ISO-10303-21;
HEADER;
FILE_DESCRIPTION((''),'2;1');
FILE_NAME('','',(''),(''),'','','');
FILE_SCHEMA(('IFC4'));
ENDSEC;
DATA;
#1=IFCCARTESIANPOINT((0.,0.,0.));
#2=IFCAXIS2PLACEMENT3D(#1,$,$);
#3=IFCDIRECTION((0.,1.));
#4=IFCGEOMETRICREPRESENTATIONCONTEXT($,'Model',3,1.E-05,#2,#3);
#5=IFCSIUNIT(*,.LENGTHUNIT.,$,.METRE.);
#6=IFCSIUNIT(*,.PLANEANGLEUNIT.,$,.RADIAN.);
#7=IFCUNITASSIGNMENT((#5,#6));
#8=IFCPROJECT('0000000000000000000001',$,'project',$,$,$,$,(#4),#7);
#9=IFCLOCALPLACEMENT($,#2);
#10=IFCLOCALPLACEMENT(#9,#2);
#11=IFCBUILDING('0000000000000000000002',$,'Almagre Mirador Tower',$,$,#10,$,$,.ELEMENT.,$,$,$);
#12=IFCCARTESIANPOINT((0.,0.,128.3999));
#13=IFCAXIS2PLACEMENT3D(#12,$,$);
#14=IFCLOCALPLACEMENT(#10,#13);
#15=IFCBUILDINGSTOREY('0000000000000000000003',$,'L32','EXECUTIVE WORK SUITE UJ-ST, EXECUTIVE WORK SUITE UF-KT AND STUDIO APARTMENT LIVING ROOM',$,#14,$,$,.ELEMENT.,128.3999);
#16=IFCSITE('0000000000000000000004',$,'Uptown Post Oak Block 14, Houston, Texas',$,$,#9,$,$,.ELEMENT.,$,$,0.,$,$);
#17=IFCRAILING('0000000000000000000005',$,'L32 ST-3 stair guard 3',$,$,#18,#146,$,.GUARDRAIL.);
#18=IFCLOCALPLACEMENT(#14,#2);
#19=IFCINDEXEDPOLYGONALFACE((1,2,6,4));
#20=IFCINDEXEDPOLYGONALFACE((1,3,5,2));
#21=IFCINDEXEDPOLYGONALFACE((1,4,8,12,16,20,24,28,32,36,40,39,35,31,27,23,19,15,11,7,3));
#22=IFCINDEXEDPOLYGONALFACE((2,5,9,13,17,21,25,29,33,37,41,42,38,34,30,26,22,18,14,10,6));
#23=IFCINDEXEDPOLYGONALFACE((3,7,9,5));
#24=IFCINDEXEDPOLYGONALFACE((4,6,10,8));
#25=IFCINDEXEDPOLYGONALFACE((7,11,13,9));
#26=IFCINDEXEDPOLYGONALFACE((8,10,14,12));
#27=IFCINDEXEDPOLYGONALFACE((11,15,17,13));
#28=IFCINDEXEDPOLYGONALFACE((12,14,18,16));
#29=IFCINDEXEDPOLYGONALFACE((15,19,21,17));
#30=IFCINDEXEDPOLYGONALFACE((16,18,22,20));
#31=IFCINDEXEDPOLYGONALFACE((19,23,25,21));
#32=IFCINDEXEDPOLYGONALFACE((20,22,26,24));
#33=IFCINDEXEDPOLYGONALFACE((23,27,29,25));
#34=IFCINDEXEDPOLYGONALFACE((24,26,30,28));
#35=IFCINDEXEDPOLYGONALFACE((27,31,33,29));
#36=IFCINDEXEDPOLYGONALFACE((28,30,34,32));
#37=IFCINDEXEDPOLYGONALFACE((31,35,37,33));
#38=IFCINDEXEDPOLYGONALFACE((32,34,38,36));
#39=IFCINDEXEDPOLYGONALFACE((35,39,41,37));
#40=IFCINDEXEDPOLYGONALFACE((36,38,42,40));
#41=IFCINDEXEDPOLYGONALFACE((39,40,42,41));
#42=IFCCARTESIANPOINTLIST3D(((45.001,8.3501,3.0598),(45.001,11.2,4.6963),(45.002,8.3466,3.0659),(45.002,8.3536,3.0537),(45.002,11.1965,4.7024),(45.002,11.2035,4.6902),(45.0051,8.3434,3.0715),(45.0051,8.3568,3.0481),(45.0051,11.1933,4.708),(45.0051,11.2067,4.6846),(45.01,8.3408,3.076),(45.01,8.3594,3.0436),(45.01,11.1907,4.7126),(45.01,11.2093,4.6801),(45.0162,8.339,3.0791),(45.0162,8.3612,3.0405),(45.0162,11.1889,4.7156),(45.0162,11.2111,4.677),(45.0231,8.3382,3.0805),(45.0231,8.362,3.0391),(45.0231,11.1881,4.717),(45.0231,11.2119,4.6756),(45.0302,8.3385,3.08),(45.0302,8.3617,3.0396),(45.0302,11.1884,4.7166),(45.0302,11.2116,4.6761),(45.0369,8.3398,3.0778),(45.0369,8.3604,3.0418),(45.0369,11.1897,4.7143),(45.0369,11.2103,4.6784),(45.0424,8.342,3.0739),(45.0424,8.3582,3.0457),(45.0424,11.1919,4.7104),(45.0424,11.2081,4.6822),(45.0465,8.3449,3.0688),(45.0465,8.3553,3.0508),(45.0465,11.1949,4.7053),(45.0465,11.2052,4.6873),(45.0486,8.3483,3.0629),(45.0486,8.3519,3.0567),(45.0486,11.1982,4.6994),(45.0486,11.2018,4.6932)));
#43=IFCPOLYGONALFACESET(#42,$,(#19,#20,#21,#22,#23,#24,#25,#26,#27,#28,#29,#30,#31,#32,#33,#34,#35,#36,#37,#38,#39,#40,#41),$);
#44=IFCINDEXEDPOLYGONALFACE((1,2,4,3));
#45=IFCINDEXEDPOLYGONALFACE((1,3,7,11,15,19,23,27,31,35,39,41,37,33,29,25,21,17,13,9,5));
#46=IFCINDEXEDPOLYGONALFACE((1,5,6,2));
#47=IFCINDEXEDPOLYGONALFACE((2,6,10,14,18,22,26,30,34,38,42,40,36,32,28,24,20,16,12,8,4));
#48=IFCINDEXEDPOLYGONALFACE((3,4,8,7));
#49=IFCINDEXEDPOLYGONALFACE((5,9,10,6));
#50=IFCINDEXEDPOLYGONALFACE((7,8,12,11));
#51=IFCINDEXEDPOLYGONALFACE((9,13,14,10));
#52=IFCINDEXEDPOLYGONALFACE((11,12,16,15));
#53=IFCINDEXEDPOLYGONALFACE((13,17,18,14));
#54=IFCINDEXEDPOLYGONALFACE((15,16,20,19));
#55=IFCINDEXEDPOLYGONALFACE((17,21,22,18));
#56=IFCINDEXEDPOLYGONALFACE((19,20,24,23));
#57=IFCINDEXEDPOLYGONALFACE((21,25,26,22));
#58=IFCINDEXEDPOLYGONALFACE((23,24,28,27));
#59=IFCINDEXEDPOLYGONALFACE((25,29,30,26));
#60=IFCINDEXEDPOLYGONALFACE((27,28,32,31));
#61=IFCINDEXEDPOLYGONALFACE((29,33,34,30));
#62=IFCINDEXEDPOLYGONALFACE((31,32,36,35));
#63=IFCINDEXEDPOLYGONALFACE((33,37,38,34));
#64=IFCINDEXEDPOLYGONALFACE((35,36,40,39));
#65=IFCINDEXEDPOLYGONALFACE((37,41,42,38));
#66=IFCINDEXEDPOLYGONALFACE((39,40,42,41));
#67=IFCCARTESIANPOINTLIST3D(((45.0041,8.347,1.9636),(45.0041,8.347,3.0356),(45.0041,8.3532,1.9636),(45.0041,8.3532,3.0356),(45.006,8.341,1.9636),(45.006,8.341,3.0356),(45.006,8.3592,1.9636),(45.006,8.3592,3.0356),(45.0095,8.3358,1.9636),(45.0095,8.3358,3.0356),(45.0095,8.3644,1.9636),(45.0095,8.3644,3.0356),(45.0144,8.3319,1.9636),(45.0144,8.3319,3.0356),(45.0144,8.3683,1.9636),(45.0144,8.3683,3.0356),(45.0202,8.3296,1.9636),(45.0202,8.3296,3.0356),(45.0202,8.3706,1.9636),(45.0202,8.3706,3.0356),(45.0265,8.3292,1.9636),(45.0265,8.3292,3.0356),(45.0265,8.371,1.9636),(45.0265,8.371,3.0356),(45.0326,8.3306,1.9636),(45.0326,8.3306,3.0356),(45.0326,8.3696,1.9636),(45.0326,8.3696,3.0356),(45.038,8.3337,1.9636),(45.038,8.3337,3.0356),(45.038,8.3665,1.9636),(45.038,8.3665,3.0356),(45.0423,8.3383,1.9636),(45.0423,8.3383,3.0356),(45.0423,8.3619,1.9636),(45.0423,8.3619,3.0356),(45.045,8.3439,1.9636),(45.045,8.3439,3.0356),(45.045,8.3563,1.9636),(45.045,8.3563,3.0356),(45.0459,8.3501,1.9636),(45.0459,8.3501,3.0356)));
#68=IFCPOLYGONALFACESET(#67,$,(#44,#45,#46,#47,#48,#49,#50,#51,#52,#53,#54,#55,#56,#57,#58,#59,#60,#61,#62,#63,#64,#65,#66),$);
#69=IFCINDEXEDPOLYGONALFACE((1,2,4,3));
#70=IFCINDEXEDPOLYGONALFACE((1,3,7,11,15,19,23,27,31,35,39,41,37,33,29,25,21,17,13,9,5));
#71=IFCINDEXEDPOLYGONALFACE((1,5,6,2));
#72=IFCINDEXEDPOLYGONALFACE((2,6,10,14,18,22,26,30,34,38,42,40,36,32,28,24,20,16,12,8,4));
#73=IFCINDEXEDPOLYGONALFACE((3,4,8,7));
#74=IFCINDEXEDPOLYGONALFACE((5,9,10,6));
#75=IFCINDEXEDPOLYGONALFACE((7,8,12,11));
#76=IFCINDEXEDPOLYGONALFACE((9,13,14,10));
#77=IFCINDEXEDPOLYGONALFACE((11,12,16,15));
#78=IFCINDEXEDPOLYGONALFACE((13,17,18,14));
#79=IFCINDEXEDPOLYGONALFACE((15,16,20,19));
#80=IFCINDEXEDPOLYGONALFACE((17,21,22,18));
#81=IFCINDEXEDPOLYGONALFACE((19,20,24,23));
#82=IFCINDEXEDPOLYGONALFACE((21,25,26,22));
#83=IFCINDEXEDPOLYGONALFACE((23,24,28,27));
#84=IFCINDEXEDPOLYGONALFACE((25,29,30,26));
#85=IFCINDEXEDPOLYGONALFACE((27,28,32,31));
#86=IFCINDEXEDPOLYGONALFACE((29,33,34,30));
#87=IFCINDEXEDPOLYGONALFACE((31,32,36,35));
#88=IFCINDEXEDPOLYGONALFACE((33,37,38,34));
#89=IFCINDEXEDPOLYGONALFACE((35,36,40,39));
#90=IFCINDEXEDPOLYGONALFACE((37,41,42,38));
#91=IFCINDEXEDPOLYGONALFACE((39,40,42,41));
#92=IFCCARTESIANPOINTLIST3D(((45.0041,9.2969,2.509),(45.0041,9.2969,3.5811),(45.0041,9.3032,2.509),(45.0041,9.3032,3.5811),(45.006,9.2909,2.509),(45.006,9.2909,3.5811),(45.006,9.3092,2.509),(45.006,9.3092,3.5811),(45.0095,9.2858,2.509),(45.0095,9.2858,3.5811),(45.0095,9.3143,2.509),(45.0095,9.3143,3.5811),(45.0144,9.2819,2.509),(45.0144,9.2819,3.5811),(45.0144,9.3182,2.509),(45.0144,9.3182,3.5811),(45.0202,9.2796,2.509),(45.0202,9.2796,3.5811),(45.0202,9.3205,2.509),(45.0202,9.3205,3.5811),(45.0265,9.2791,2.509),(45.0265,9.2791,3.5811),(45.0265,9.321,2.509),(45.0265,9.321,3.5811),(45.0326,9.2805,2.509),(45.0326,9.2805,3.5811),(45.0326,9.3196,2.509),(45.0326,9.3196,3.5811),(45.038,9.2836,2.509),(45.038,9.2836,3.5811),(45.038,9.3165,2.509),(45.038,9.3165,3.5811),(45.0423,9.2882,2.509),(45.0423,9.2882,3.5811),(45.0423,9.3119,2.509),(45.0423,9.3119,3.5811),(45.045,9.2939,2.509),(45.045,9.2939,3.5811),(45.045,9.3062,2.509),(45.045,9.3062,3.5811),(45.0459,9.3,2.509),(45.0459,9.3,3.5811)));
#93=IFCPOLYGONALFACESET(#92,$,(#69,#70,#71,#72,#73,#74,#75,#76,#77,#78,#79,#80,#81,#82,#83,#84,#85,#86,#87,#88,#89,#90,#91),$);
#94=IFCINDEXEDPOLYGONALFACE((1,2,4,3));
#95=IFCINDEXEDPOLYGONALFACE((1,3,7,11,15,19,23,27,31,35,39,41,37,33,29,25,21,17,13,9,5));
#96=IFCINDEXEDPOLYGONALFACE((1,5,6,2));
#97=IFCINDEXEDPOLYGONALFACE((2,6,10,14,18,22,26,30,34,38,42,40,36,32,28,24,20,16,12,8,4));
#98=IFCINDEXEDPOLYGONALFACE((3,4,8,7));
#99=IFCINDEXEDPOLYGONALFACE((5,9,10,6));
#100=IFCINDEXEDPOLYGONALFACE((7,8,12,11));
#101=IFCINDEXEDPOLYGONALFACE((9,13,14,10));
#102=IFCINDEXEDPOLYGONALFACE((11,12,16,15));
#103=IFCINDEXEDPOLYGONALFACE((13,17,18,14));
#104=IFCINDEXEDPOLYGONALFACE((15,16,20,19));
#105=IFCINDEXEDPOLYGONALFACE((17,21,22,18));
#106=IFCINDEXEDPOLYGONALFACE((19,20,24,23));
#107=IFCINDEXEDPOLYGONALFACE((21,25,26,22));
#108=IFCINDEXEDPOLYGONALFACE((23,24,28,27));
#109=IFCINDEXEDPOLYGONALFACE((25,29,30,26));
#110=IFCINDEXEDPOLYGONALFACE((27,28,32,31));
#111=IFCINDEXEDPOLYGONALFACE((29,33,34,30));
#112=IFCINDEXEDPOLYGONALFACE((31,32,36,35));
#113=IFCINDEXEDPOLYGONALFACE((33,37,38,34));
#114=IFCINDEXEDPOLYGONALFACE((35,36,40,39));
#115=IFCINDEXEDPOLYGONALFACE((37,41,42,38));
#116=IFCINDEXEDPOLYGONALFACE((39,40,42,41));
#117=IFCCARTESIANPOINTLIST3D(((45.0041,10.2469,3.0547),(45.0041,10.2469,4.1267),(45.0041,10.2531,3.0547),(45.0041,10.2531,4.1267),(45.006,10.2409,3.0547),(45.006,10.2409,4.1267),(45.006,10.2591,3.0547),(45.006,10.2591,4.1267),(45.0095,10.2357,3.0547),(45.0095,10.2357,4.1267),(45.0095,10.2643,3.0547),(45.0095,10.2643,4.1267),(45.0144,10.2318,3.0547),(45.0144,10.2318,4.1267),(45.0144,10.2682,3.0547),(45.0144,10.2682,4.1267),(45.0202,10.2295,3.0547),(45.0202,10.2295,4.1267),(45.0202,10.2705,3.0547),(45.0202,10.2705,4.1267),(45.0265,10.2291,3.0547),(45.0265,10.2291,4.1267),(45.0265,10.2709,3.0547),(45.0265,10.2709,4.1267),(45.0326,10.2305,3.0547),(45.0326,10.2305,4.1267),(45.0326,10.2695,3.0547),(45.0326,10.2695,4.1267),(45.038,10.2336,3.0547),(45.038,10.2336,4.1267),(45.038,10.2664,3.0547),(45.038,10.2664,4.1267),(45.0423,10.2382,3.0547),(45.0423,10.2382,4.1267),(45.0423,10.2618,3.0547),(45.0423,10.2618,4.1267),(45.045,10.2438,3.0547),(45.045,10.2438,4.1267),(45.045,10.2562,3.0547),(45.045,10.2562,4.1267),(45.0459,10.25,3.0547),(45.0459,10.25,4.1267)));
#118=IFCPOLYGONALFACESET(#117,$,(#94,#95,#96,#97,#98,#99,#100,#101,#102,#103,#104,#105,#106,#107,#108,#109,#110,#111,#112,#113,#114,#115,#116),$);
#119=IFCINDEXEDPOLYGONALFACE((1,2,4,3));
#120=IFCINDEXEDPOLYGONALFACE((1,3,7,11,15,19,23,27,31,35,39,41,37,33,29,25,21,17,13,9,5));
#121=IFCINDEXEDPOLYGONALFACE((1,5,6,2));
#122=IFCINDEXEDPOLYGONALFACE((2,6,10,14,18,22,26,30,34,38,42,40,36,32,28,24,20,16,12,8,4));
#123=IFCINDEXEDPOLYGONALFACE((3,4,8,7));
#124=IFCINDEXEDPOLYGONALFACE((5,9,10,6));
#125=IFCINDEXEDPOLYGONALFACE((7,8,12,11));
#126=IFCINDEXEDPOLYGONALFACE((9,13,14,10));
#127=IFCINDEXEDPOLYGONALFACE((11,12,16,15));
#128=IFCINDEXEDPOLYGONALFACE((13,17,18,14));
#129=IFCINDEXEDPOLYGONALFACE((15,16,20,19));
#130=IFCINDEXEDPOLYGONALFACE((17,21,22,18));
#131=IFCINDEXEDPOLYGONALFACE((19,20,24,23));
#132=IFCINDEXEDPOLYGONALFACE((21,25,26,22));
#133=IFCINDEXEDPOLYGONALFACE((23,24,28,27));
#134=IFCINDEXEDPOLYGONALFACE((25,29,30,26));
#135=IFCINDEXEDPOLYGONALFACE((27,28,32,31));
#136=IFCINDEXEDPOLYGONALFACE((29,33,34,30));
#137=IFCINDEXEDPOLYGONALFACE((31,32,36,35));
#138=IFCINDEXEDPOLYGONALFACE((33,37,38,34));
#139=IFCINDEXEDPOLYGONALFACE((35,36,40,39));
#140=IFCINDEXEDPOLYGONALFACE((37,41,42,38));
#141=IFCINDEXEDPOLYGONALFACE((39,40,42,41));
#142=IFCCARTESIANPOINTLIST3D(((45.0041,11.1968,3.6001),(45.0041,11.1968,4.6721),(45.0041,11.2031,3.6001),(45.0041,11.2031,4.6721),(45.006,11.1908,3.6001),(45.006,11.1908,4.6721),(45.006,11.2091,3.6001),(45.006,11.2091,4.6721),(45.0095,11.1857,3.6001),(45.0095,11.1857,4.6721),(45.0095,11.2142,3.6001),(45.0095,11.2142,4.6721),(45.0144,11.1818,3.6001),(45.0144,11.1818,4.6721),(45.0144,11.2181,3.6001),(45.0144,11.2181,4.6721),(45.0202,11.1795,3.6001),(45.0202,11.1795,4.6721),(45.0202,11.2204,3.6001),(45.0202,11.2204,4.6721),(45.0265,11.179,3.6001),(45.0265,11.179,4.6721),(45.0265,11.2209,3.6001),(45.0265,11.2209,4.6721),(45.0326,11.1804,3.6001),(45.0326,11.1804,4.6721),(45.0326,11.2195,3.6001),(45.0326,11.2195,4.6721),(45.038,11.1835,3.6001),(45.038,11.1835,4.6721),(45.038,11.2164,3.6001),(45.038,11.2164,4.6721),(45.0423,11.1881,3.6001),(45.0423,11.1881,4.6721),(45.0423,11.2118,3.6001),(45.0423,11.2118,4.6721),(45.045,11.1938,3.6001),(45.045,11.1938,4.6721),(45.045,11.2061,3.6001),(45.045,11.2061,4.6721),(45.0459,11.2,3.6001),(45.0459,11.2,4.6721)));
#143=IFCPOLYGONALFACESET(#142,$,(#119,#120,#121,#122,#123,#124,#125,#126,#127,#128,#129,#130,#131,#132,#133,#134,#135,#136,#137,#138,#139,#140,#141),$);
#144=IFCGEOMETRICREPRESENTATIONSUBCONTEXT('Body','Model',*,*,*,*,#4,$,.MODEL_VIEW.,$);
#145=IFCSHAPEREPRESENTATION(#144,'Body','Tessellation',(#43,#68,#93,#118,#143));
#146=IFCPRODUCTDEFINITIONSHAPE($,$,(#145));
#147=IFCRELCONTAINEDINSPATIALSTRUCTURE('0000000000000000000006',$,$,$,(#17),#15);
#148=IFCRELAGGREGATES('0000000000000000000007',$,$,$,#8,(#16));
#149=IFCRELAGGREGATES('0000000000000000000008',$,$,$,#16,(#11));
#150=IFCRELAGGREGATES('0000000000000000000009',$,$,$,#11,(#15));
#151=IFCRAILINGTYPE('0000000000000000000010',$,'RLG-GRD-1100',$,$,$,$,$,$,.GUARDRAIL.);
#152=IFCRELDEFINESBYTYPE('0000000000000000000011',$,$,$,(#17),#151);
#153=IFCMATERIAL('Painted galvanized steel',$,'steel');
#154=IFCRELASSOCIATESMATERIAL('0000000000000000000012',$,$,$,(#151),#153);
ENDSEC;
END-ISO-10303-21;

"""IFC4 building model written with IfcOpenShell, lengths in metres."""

from ifc_helpers import new_model, si_unit, direction, frame, origin, origin_2d, place, context, subcontext, project, spatial, circle, extrude, material, type_object, element, save


model = new_model("IFC4")

# Units and contexts
model_context = context("Model", 3, precision=1e-05, world=origin(), true_north=direction((0.0, 1.0)))
body_context = subcontext(model_context, "Body", "Model", "MODEL_VIEW")
ifc_project = project(units=[si_unit("LENGTHUNIT", "METRE"), si_unit("PLANEANGLEUNIT", "RADIAN")], contexts=[model_context])

# Site, building, storey
site_placement = place(None, origin())
site = spatial("IfcSite", under=ifc_project, at=site_placement, Name="Uptown Post Oak Block 14, Houston, Texas", CompositionType="ELEMENT", RefElevation=0.0)
building_placement = place(site_placement, origin())
building = spatial("IfcBuilding", under=site, at=building_placement, Name="Almagre Mirador Tower", CompositionType="ELEMENT")
storey_placement = place(building_placement, frame((0.0, 0.0, 128.3999)))
storey = spatial("IfcBuildingStorey", under=building, at=storey_placement, Name="L32", Description="EXECUTIVE WORK SUITE UJ-ST, EXECUTIVE WORK SUITE UF-KT AND STUDIO APARTMENT LIVING ROOM", CompositionType="ELEMENT", Elevation=128.3999)

# Railing
ifc_material_1 = material(Name="Painted galvanized steel", Category="steel")
railing_type_1 = type_object("IfcRailingType", Name="RLG-GRD-1100", PredefinedType="GUARDRAIL", material=ifc_material_1)
railing_1_placement = place(storey_placement, frame((45.0249, 8.3501, 1.9636)))
element("IfcRailing", 1, at=railing_1_placement, inside=storey, type_object=railing_type_1, Name="L32 ST-3 stair guard 3", PredefinedType="GUARDRAIL", context=body_context, shape_type="SweptSolid", body=[
    extrude(circle(Radius=0.0239, at=origin_2d()), frame((0.0, 0.0, 1.0962), z_axis=(0.0, 0.867194, 0.49797), x_axis=(-1.0, 0.0, 0.0)), (0.0, 0.0, 1.0), 3.2864),
    extrude(circle(Radius=0.021, at=origin_2d()), origin(), (0.0, 0.0, 1.0), 1.072),
    extrude(circle(Radius=0.021, at=origin_2d()), frame((0.0, 0.95, 0.5454)), (0.0, 0.0, 1.0), 1.072),
    extrude(circle(Radius=0.021, at=origin_2d()), frame((0.0, 1.8999, 1.0911)), (0.0, 0.0, 1.0), 1.072),
    extrude(circle(Radius=0.021, at=origin_2d()), frame((0.0, 2.8499, 1.6365)), (0.0, 0.0, 1.0), 1.072),
])

save(model, "model.ifc")
